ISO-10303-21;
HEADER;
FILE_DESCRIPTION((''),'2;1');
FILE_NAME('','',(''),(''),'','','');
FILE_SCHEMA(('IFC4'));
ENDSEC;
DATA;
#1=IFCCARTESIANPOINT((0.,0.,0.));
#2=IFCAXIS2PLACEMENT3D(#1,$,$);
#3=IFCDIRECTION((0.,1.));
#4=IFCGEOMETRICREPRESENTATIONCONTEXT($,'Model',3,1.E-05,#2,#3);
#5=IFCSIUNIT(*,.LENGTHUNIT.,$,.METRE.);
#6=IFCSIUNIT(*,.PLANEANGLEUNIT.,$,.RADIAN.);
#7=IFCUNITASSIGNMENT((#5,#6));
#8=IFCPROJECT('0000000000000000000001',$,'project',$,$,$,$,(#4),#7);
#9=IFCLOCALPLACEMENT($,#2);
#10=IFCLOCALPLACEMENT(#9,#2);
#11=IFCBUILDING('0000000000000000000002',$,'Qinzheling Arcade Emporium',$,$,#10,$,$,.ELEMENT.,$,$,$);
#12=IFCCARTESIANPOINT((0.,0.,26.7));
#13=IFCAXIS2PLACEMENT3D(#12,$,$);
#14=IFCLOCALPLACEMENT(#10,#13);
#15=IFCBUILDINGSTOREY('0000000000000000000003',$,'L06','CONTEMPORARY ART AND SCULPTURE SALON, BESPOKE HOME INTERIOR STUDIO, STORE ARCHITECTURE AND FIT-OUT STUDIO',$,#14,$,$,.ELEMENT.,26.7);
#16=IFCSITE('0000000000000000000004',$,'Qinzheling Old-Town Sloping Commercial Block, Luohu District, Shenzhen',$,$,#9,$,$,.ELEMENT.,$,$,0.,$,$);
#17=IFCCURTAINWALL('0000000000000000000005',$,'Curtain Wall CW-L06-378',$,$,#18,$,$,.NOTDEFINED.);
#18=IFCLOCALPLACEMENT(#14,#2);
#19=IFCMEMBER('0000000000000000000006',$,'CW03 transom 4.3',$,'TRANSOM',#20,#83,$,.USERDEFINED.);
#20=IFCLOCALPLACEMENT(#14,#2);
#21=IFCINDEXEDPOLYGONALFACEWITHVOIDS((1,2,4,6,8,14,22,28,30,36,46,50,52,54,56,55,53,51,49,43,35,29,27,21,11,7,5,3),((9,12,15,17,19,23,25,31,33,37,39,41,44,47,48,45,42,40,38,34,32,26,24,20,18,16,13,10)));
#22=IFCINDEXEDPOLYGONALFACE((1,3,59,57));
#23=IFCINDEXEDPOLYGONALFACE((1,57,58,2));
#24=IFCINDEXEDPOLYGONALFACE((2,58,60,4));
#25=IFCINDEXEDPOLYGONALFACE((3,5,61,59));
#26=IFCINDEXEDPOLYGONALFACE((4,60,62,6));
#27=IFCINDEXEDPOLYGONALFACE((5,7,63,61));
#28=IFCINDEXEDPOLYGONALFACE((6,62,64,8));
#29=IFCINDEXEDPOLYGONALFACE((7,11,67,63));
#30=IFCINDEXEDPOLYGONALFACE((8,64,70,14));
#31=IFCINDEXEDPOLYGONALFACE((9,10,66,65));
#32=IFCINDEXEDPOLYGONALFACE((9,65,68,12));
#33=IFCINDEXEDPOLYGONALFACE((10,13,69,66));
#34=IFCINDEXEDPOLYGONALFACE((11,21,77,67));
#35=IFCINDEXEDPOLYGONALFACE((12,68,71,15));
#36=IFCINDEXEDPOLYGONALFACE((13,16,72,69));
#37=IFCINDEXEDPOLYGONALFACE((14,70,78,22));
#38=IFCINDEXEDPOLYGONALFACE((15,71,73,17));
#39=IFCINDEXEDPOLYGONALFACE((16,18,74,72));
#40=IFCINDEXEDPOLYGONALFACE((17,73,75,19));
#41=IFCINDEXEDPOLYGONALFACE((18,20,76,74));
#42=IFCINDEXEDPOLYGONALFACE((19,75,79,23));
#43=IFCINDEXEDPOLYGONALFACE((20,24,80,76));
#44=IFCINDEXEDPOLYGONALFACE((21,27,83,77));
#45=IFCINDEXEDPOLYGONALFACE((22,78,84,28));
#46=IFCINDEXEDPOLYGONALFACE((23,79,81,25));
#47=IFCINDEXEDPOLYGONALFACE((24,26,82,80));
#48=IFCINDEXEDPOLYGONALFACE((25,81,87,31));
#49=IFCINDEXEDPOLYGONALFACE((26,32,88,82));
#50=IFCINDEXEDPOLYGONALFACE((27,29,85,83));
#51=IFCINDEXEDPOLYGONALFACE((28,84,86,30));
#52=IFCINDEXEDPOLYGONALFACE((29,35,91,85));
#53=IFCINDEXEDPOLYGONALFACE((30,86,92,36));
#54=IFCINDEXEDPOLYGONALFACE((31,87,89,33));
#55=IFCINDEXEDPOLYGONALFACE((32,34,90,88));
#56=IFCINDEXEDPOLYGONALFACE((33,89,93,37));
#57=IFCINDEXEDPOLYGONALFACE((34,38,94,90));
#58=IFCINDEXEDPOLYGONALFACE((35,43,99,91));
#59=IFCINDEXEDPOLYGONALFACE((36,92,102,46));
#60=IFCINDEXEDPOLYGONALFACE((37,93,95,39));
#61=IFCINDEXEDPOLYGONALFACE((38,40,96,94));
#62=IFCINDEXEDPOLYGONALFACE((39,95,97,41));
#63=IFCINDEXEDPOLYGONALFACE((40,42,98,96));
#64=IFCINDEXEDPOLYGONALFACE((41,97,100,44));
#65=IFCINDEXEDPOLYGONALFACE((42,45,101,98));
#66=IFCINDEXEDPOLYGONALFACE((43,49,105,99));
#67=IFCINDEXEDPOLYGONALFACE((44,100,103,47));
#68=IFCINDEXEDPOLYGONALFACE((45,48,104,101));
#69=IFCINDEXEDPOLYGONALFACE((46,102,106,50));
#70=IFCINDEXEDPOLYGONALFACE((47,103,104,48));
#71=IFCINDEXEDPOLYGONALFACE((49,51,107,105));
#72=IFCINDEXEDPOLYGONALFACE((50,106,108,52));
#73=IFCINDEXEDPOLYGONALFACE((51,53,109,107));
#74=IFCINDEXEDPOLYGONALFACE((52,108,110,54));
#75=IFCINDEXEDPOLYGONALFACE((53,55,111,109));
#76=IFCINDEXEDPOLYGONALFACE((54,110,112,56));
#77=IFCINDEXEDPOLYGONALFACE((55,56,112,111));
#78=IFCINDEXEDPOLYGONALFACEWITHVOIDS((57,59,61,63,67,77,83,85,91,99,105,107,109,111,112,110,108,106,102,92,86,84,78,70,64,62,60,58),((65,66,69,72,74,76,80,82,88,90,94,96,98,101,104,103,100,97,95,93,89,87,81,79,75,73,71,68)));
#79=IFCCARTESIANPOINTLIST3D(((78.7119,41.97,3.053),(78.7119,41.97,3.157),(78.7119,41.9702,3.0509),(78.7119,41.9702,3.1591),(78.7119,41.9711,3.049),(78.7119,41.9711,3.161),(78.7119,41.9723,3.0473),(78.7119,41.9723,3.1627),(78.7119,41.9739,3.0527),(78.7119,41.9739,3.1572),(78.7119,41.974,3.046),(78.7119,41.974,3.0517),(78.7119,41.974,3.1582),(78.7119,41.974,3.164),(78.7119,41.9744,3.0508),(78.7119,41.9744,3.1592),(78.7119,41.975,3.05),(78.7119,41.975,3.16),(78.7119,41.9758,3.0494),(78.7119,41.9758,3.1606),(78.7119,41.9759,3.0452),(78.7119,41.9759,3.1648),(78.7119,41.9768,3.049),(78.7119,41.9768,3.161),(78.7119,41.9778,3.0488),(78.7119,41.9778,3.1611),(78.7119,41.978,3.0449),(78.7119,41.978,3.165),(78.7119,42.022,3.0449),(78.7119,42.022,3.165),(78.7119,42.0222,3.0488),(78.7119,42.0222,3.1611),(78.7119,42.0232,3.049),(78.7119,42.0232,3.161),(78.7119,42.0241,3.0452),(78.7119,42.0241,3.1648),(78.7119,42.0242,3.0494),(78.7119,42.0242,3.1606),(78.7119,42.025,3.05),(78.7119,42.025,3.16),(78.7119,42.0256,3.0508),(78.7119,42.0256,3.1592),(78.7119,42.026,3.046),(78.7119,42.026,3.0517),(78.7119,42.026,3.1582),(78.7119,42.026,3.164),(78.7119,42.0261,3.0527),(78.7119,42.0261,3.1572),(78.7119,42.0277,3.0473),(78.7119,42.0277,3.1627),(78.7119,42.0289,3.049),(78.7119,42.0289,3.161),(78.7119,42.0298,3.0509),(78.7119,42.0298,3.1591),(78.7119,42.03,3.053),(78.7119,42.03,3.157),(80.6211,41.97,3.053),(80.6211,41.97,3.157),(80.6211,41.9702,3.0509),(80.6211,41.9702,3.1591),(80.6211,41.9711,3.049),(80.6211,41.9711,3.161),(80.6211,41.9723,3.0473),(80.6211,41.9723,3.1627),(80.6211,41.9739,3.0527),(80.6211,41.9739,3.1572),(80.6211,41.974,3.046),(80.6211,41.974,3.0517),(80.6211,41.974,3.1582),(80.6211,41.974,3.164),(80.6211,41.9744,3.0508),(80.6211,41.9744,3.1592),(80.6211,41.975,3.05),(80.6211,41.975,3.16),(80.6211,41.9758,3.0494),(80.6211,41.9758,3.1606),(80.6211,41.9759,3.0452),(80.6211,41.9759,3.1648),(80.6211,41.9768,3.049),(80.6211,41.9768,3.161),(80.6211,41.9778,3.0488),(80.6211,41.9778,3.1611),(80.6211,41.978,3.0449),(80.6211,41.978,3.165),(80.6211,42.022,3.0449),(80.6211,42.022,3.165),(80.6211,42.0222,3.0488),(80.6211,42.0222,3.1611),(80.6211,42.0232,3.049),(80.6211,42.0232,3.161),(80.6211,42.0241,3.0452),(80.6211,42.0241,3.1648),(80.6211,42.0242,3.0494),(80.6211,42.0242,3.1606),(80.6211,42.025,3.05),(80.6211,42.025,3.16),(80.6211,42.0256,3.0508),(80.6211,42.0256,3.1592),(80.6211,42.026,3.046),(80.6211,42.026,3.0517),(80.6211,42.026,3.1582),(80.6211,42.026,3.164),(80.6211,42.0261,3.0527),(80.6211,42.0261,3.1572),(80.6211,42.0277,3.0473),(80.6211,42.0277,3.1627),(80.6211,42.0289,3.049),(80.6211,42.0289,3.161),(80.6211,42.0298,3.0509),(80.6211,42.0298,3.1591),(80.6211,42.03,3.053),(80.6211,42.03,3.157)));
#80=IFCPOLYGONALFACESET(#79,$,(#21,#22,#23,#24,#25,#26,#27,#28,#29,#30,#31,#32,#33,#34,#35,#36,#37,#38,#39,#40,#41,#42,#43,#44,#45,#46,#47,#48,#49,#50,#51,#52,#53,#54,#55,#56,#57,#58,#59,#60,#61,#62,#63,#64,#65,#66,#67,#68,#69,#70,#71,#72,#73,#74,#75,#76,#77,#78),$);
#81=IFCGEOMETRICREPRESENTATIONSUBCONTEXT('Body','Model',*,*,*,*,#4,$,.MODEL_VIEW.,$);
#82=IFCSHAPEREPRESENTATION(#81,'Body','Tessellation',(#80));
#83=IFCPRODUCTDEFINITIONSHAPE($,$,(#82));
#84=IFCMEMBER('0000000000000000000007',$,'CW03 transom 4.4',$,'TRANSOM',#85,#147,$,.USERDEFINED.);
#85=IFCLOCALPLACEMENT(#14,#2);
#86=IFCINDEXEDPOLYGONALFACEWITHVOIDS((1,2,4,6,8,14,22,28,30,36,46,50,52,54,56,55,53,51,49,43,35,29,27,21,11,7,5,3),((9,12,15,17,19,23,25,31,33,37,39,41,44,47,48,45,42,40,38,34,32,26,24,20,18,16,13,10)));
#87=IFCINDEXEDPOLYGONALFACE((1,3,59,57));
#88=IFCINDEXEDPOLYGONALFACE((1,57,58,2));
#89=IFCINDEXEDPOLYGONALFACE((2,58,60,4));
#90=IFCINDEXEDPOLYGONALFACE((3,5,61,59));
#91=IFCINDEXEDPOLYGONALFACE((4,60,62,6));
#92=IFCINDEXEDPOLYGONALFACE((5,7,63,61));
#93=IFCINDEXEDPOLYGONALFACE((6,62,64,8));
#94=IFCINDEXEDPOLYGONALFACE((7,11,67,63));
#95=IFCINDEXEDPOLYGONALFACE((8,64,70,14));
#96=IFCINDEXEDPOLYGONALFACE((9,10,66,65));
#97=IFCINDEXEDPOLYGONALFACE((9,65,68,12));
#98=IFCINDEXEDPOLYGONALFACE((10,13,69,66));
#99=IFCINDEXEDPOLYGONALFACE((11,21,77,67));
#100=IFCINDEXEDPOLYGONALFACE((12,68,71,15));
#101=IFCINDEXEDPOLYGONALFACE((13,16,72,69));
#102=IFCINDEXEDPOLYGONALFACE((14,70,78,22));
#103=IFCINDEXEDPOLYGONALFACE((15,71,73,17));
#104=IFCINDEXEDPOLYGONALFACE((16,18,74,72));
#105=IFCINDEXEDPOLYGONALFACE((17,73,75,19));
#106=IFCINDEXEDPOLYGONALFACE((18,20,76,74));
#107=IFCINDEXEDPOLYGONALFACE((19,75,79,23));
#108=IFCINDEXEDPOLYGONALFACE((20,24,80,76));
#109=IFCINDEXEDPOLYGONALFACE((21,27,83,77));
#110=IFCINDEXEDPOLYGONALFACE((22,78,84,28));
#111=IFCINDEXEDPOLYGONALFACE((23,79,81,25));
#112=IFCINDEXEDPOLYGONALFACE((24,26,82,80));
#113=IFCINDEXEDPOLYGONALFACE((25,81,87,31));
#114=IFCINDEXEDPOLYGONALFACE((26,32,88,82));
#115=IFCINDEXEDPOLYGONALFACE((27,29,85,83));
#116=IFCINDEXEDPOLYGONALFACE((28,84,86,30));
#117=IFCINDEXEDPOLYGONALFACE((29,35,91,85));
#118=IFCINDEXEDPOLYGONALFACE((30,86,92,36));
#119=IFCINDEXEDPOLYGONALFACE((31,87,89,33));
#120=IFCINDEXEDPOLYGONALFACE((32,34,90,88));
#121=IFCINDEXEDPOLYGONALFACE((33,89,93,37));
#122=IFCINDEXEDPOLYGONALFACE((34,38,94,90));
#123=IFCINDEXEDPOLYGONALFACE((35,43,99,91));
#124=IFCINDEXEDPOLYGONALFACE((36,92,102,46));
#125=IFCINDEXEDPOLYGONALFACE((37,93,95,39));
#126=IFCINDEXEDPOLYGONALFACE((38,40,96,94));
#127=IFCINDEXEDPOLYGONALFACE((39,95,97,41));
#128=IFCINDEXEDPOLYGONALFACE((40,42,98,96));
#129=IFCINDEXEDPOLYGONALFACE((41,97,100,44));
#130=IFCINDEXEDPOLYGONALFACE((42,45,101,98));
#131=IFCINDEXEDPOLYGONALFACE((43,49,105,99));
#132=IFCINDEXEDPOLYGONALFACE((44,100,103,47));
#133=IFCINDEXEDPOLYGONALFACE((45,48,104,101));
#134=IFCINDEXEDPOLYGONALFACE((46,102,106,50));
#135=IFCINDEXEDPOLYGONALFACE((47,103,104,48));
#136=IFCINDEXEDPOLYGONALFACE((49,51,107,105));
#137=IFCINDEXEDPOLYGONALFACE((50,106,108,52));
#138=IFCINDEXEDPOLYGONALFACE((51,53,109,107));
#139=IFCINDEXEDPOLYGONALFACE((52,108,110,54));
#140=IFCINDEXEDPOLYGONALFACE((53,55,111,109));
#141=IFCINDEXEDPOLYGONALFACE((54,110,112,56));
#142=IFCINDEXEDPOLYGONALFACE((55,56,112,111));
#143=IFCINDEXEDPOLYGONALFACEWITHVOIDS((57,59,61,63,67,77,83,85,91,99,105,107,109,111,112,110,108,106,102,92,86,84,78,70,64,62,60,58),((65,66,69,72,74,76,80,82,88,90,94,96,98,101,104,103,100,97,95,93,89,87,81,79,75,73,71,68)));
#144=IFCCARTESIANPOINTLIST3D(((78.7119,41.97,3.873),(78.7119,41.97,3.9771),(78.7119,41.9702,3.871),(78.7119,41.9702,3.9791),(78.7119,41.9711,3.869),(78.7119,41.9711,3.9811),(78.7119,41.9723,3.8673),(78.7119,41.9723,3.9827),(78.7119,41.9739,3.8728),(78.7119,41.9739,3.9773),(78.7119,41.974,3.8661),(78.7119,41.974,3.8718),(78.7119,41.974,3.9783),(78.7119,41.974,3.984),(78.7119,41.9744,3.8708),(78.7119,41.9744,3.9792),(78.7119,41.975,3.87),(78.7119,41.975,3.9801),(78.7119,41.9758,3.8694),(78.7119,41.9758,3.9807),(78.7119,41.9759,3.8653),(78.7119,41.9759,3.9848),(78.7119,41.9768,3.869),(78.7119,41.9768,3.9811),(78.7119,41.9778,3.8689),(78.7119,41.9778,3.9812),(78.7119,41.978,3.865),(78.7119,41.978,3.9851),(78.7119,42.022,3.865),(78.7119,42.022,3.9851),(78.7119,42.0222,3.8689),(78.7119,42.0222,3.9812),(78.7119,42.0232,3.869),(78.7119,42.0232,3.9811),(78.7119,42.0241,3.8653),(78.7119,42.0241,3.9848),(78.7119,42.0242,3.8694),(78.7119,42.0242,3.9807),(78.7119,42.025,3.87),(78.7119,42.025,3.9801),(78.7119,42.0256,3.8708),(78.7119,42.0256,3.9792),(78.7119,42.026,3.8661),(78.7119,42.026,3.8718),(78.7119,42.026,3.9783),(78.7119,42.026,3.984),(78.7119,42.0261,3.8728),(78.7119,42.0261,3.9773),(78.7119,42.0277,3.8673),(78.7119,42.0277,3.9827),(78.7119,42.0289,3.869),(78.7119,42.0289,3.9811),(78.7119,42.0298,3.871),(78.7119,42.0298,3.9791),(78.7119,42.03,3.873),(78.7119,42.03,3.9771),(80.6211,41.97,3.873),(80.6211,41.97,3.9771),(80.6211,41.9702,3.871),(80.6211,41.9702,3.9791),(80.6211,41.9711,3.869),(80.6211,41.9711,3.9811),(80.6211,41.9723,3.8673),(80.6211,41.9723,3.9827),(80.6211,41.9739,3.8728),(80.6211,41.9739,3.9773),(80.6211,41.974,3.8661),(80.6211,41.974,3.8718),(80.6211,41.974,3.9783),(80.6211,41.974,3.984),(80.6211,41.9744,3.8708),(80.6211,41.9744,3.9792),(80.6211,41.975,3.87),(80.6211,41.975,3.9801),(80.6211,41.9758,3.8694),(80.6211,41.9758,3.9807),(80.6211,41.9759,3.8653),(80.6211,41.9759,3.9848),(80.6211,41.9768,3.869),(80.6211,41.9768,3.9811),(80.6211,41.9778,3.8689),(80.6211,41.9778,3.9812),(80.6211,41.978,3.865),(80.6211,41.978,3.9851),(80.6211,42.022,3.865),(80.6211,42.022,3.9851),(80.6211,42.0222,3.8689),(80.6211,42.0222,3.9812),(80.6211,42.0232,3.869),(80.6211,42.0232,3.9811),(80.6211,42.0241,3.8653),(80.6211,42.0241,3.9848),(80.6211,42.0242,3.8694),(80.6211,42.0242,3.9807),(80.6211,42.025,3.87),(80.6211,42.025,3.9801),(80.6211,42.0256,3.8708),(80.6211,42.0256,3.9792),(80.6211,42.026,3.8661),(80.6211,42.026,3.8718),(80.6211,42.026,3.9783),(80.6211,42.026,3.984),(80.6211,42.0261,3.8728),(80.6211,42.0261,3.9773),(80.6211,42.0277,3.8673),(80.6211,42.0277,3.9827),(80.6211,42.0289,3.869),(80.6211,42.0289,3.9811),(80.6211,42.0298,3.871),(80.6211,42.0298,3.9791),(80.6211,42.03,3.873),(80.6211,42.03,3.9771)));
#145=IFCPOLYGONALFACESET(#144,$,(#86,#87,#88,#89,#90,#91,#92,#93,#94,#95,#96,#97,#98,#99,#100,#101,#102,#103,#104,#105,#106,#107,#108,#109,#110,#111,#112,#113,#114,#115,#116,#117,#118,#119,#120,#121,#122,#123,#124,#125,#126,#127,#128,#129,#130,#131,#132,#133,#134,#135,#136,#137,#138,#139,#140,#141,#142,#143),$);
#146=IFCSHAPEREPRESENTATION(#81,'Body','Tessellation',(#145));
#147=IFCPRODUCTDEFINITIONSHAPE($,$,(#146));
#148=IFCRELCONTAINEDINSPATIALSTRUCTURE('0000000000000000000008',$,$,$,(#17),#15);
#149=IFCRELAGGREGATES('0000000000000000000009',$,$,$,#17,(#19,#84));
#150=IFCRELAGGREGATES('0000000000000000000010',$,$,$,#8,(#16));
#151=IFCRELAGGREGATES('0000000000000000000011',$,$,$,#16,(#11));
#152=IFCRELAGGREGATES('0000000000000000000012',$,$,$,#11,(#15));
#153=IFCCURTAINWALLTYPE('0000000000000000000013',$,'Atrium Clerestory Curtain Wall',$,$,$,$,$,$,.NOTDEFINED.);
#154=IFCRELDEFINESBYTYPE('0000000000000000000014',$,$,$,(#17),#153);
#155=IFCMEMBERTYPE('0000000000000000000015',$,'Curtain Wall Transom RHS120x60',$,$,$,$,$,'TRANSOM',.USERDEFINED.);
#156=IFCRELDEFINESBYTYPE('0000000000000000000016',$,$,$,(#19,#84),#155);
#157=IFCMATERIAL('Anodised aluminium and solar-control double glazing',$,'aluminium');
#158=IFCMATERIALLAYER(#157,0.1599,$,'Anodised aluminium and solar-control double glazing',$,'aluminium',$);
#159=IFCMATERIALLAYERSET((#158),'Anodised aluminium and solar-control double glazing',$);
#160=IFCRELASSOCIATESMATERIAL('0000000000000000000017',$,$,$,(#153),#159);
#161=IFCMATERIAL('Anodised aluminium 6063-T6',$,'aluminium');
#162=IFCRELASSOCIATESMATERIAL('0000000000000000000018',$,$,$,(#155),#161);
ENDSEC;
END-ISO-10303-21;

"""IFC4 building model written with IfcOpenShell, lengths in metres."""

from ifc_helpers import new_model, si_unit, direction, frame, origin, origin_2d, place, context, subcontext, project, spatial, hollow_rectangle, extrude, material, layer, layer_set, material_profile, profile_set, type_object, element, aggregate, save


model = new_model("IFC4")

# Units and contexts
model_context = context("Model", 3, precision=1e-05, world=origin(), true_north=direction((0.0, 1.0)))
body_context = subcontext(model_context, "Body", "Model", "MODEL_VIEW")
ifc_project = project(units=[si_unit("LENGTHUNIT", "METRE"), si_unit("PLANEANGLEUNIT", "RADIAN")], contexts=[model_context])

# Site, building, storey
site_placement = place(None, origin())
site = spatial("IfcSite", under=ifc_project, at=site_placement, Name="Qinzheling Old-Town Sloping Commercial Block, Luohu District, Shenzhen", CompositionType="ELEMENT", RefElevation=0.0)
building_placement = place(site_placement, origin())
building = spatial("IfcBuilding", under=site, at=building_placement, Name="Qinzheling Arcade Emporium", CompositionType="ELEMENT")
storey_placement = place(building_placement, frame((0.0, 0.0, 26.7)))
storey = spatial("IfcBuildingStorey", under=building, at=storey_placement, Name="L06", Description="CONTEMPORARY ART AND SCULPTURE SALON, BESPOKE HOME INTERIOR STUDIO, STORE ARCHITECTURE AND FIT-OUT STUDIO", CompositionType="ELEMENT", Elevation=26.7)

# Curtain wall
ifc_material_1 = material(Name="Anodised aluminium and solar-control double glazing", Category="aluminium")
ifc_layer_1 = layer(ifc_material_1, 0.1599, Name="Anodised aluminium and solar-control double glazing", Category="aluminium")
ifc_layer_set_1 = layer_set([ifc_layer_1], Name="Anodised aluminium and solar-control double glazing")
curtain_wall_type = type_object("IfcCurtainWallType", Name="Atrium Clerestory Curtain Wall", PredefinedType="NOTDEFINED", material=ifc_layer_set_1)
curtain_wall_1_placement = place(storey_placement, origin())
curtain_wall_1 = element("IfcCurtainWall", 1, at=curtain_wall_1_placement, inside=storey, type_object=curtain_wall_type, Name="Curtain Wall CW-L06-378", PredefinedType="NOTDEFINED")
ifc_material_2 = material(Name="Anodised aluminium 6063-T6", Category="aluminium")

# Members
ifc_material_profile_1 = material_profile(ifc_material_2, hollow_rectangle(XDim=0.0601, YDim=0.1201, WallThickness=0.0039, InnerFilletRadius=0.0039, OuterFilletRadius=0.0081, at=origin_2d()), Name="RHS 120x60x4", Category="aluminium")
ifc_profile_set_1 = profile_set([ifc_material_profile_1], Name="Anodised aluminium 6063-T6")
member_type_1 = type_object("IfcMemberType", Name="Curtain Wall Transom RHS120x60", ElementType="TRANSOM", PredefinedType="USERDEFINED", material=ifc_profile_set_1)
member_1_placement = place(storey_placement, frame((80.6211, 42.0, 3.105), z_axis=(-1.0, 0.0, 0.0), x_axis=(0.0, -1.0, 0.0)))
member_1 = element("IfcMember", 2, at=member_1_placement, type_object=member_type_1, Name="CW03 transom 4.3", ObjectType="TRANSOM", PredefinedType="USERDEFINED", context=body_context, shape_type="SweptSolid", body=[
    extrude(hollow_rectangle(XDim=0.0601, YDim=0.1201, WallThickness=0.0039, InnerFilletRadius=0.0039, OuterFilletRadius=0.0081, at=origin_2d()), origin(), (0.0, 0.0, 1.0), 1.9092),
])
member_2_placement = place(storey_placement, frame((80.6211, 42.0, 3.925), z_axis=(-1.0, 0.0, 0.0), x_axis=(0.0, -1.0, 0.0)))
member_2 = element("IfcMember", 3, at=member_2_placement, type_object=member_type_1, Name="CW03 transom 4.4", ObjectType="TRANSOM", PredefinedType="USERDEFINED", context=body_context, shape_type="SweptSolid", body=[
    extrude(hollow_rectangle(XDim=0.0601, YDim=0.1201, WallThickness=0.0039, InnerFilletRadius=0.0039, OuterFilletRadius=0.0081, at=origin_2d()), origin(), (0.0, 0.0, 1.0), 1.9092),
])

aggregate(curtain_wall_1, [member_1, member_2])

save(model, "model.ifc")
